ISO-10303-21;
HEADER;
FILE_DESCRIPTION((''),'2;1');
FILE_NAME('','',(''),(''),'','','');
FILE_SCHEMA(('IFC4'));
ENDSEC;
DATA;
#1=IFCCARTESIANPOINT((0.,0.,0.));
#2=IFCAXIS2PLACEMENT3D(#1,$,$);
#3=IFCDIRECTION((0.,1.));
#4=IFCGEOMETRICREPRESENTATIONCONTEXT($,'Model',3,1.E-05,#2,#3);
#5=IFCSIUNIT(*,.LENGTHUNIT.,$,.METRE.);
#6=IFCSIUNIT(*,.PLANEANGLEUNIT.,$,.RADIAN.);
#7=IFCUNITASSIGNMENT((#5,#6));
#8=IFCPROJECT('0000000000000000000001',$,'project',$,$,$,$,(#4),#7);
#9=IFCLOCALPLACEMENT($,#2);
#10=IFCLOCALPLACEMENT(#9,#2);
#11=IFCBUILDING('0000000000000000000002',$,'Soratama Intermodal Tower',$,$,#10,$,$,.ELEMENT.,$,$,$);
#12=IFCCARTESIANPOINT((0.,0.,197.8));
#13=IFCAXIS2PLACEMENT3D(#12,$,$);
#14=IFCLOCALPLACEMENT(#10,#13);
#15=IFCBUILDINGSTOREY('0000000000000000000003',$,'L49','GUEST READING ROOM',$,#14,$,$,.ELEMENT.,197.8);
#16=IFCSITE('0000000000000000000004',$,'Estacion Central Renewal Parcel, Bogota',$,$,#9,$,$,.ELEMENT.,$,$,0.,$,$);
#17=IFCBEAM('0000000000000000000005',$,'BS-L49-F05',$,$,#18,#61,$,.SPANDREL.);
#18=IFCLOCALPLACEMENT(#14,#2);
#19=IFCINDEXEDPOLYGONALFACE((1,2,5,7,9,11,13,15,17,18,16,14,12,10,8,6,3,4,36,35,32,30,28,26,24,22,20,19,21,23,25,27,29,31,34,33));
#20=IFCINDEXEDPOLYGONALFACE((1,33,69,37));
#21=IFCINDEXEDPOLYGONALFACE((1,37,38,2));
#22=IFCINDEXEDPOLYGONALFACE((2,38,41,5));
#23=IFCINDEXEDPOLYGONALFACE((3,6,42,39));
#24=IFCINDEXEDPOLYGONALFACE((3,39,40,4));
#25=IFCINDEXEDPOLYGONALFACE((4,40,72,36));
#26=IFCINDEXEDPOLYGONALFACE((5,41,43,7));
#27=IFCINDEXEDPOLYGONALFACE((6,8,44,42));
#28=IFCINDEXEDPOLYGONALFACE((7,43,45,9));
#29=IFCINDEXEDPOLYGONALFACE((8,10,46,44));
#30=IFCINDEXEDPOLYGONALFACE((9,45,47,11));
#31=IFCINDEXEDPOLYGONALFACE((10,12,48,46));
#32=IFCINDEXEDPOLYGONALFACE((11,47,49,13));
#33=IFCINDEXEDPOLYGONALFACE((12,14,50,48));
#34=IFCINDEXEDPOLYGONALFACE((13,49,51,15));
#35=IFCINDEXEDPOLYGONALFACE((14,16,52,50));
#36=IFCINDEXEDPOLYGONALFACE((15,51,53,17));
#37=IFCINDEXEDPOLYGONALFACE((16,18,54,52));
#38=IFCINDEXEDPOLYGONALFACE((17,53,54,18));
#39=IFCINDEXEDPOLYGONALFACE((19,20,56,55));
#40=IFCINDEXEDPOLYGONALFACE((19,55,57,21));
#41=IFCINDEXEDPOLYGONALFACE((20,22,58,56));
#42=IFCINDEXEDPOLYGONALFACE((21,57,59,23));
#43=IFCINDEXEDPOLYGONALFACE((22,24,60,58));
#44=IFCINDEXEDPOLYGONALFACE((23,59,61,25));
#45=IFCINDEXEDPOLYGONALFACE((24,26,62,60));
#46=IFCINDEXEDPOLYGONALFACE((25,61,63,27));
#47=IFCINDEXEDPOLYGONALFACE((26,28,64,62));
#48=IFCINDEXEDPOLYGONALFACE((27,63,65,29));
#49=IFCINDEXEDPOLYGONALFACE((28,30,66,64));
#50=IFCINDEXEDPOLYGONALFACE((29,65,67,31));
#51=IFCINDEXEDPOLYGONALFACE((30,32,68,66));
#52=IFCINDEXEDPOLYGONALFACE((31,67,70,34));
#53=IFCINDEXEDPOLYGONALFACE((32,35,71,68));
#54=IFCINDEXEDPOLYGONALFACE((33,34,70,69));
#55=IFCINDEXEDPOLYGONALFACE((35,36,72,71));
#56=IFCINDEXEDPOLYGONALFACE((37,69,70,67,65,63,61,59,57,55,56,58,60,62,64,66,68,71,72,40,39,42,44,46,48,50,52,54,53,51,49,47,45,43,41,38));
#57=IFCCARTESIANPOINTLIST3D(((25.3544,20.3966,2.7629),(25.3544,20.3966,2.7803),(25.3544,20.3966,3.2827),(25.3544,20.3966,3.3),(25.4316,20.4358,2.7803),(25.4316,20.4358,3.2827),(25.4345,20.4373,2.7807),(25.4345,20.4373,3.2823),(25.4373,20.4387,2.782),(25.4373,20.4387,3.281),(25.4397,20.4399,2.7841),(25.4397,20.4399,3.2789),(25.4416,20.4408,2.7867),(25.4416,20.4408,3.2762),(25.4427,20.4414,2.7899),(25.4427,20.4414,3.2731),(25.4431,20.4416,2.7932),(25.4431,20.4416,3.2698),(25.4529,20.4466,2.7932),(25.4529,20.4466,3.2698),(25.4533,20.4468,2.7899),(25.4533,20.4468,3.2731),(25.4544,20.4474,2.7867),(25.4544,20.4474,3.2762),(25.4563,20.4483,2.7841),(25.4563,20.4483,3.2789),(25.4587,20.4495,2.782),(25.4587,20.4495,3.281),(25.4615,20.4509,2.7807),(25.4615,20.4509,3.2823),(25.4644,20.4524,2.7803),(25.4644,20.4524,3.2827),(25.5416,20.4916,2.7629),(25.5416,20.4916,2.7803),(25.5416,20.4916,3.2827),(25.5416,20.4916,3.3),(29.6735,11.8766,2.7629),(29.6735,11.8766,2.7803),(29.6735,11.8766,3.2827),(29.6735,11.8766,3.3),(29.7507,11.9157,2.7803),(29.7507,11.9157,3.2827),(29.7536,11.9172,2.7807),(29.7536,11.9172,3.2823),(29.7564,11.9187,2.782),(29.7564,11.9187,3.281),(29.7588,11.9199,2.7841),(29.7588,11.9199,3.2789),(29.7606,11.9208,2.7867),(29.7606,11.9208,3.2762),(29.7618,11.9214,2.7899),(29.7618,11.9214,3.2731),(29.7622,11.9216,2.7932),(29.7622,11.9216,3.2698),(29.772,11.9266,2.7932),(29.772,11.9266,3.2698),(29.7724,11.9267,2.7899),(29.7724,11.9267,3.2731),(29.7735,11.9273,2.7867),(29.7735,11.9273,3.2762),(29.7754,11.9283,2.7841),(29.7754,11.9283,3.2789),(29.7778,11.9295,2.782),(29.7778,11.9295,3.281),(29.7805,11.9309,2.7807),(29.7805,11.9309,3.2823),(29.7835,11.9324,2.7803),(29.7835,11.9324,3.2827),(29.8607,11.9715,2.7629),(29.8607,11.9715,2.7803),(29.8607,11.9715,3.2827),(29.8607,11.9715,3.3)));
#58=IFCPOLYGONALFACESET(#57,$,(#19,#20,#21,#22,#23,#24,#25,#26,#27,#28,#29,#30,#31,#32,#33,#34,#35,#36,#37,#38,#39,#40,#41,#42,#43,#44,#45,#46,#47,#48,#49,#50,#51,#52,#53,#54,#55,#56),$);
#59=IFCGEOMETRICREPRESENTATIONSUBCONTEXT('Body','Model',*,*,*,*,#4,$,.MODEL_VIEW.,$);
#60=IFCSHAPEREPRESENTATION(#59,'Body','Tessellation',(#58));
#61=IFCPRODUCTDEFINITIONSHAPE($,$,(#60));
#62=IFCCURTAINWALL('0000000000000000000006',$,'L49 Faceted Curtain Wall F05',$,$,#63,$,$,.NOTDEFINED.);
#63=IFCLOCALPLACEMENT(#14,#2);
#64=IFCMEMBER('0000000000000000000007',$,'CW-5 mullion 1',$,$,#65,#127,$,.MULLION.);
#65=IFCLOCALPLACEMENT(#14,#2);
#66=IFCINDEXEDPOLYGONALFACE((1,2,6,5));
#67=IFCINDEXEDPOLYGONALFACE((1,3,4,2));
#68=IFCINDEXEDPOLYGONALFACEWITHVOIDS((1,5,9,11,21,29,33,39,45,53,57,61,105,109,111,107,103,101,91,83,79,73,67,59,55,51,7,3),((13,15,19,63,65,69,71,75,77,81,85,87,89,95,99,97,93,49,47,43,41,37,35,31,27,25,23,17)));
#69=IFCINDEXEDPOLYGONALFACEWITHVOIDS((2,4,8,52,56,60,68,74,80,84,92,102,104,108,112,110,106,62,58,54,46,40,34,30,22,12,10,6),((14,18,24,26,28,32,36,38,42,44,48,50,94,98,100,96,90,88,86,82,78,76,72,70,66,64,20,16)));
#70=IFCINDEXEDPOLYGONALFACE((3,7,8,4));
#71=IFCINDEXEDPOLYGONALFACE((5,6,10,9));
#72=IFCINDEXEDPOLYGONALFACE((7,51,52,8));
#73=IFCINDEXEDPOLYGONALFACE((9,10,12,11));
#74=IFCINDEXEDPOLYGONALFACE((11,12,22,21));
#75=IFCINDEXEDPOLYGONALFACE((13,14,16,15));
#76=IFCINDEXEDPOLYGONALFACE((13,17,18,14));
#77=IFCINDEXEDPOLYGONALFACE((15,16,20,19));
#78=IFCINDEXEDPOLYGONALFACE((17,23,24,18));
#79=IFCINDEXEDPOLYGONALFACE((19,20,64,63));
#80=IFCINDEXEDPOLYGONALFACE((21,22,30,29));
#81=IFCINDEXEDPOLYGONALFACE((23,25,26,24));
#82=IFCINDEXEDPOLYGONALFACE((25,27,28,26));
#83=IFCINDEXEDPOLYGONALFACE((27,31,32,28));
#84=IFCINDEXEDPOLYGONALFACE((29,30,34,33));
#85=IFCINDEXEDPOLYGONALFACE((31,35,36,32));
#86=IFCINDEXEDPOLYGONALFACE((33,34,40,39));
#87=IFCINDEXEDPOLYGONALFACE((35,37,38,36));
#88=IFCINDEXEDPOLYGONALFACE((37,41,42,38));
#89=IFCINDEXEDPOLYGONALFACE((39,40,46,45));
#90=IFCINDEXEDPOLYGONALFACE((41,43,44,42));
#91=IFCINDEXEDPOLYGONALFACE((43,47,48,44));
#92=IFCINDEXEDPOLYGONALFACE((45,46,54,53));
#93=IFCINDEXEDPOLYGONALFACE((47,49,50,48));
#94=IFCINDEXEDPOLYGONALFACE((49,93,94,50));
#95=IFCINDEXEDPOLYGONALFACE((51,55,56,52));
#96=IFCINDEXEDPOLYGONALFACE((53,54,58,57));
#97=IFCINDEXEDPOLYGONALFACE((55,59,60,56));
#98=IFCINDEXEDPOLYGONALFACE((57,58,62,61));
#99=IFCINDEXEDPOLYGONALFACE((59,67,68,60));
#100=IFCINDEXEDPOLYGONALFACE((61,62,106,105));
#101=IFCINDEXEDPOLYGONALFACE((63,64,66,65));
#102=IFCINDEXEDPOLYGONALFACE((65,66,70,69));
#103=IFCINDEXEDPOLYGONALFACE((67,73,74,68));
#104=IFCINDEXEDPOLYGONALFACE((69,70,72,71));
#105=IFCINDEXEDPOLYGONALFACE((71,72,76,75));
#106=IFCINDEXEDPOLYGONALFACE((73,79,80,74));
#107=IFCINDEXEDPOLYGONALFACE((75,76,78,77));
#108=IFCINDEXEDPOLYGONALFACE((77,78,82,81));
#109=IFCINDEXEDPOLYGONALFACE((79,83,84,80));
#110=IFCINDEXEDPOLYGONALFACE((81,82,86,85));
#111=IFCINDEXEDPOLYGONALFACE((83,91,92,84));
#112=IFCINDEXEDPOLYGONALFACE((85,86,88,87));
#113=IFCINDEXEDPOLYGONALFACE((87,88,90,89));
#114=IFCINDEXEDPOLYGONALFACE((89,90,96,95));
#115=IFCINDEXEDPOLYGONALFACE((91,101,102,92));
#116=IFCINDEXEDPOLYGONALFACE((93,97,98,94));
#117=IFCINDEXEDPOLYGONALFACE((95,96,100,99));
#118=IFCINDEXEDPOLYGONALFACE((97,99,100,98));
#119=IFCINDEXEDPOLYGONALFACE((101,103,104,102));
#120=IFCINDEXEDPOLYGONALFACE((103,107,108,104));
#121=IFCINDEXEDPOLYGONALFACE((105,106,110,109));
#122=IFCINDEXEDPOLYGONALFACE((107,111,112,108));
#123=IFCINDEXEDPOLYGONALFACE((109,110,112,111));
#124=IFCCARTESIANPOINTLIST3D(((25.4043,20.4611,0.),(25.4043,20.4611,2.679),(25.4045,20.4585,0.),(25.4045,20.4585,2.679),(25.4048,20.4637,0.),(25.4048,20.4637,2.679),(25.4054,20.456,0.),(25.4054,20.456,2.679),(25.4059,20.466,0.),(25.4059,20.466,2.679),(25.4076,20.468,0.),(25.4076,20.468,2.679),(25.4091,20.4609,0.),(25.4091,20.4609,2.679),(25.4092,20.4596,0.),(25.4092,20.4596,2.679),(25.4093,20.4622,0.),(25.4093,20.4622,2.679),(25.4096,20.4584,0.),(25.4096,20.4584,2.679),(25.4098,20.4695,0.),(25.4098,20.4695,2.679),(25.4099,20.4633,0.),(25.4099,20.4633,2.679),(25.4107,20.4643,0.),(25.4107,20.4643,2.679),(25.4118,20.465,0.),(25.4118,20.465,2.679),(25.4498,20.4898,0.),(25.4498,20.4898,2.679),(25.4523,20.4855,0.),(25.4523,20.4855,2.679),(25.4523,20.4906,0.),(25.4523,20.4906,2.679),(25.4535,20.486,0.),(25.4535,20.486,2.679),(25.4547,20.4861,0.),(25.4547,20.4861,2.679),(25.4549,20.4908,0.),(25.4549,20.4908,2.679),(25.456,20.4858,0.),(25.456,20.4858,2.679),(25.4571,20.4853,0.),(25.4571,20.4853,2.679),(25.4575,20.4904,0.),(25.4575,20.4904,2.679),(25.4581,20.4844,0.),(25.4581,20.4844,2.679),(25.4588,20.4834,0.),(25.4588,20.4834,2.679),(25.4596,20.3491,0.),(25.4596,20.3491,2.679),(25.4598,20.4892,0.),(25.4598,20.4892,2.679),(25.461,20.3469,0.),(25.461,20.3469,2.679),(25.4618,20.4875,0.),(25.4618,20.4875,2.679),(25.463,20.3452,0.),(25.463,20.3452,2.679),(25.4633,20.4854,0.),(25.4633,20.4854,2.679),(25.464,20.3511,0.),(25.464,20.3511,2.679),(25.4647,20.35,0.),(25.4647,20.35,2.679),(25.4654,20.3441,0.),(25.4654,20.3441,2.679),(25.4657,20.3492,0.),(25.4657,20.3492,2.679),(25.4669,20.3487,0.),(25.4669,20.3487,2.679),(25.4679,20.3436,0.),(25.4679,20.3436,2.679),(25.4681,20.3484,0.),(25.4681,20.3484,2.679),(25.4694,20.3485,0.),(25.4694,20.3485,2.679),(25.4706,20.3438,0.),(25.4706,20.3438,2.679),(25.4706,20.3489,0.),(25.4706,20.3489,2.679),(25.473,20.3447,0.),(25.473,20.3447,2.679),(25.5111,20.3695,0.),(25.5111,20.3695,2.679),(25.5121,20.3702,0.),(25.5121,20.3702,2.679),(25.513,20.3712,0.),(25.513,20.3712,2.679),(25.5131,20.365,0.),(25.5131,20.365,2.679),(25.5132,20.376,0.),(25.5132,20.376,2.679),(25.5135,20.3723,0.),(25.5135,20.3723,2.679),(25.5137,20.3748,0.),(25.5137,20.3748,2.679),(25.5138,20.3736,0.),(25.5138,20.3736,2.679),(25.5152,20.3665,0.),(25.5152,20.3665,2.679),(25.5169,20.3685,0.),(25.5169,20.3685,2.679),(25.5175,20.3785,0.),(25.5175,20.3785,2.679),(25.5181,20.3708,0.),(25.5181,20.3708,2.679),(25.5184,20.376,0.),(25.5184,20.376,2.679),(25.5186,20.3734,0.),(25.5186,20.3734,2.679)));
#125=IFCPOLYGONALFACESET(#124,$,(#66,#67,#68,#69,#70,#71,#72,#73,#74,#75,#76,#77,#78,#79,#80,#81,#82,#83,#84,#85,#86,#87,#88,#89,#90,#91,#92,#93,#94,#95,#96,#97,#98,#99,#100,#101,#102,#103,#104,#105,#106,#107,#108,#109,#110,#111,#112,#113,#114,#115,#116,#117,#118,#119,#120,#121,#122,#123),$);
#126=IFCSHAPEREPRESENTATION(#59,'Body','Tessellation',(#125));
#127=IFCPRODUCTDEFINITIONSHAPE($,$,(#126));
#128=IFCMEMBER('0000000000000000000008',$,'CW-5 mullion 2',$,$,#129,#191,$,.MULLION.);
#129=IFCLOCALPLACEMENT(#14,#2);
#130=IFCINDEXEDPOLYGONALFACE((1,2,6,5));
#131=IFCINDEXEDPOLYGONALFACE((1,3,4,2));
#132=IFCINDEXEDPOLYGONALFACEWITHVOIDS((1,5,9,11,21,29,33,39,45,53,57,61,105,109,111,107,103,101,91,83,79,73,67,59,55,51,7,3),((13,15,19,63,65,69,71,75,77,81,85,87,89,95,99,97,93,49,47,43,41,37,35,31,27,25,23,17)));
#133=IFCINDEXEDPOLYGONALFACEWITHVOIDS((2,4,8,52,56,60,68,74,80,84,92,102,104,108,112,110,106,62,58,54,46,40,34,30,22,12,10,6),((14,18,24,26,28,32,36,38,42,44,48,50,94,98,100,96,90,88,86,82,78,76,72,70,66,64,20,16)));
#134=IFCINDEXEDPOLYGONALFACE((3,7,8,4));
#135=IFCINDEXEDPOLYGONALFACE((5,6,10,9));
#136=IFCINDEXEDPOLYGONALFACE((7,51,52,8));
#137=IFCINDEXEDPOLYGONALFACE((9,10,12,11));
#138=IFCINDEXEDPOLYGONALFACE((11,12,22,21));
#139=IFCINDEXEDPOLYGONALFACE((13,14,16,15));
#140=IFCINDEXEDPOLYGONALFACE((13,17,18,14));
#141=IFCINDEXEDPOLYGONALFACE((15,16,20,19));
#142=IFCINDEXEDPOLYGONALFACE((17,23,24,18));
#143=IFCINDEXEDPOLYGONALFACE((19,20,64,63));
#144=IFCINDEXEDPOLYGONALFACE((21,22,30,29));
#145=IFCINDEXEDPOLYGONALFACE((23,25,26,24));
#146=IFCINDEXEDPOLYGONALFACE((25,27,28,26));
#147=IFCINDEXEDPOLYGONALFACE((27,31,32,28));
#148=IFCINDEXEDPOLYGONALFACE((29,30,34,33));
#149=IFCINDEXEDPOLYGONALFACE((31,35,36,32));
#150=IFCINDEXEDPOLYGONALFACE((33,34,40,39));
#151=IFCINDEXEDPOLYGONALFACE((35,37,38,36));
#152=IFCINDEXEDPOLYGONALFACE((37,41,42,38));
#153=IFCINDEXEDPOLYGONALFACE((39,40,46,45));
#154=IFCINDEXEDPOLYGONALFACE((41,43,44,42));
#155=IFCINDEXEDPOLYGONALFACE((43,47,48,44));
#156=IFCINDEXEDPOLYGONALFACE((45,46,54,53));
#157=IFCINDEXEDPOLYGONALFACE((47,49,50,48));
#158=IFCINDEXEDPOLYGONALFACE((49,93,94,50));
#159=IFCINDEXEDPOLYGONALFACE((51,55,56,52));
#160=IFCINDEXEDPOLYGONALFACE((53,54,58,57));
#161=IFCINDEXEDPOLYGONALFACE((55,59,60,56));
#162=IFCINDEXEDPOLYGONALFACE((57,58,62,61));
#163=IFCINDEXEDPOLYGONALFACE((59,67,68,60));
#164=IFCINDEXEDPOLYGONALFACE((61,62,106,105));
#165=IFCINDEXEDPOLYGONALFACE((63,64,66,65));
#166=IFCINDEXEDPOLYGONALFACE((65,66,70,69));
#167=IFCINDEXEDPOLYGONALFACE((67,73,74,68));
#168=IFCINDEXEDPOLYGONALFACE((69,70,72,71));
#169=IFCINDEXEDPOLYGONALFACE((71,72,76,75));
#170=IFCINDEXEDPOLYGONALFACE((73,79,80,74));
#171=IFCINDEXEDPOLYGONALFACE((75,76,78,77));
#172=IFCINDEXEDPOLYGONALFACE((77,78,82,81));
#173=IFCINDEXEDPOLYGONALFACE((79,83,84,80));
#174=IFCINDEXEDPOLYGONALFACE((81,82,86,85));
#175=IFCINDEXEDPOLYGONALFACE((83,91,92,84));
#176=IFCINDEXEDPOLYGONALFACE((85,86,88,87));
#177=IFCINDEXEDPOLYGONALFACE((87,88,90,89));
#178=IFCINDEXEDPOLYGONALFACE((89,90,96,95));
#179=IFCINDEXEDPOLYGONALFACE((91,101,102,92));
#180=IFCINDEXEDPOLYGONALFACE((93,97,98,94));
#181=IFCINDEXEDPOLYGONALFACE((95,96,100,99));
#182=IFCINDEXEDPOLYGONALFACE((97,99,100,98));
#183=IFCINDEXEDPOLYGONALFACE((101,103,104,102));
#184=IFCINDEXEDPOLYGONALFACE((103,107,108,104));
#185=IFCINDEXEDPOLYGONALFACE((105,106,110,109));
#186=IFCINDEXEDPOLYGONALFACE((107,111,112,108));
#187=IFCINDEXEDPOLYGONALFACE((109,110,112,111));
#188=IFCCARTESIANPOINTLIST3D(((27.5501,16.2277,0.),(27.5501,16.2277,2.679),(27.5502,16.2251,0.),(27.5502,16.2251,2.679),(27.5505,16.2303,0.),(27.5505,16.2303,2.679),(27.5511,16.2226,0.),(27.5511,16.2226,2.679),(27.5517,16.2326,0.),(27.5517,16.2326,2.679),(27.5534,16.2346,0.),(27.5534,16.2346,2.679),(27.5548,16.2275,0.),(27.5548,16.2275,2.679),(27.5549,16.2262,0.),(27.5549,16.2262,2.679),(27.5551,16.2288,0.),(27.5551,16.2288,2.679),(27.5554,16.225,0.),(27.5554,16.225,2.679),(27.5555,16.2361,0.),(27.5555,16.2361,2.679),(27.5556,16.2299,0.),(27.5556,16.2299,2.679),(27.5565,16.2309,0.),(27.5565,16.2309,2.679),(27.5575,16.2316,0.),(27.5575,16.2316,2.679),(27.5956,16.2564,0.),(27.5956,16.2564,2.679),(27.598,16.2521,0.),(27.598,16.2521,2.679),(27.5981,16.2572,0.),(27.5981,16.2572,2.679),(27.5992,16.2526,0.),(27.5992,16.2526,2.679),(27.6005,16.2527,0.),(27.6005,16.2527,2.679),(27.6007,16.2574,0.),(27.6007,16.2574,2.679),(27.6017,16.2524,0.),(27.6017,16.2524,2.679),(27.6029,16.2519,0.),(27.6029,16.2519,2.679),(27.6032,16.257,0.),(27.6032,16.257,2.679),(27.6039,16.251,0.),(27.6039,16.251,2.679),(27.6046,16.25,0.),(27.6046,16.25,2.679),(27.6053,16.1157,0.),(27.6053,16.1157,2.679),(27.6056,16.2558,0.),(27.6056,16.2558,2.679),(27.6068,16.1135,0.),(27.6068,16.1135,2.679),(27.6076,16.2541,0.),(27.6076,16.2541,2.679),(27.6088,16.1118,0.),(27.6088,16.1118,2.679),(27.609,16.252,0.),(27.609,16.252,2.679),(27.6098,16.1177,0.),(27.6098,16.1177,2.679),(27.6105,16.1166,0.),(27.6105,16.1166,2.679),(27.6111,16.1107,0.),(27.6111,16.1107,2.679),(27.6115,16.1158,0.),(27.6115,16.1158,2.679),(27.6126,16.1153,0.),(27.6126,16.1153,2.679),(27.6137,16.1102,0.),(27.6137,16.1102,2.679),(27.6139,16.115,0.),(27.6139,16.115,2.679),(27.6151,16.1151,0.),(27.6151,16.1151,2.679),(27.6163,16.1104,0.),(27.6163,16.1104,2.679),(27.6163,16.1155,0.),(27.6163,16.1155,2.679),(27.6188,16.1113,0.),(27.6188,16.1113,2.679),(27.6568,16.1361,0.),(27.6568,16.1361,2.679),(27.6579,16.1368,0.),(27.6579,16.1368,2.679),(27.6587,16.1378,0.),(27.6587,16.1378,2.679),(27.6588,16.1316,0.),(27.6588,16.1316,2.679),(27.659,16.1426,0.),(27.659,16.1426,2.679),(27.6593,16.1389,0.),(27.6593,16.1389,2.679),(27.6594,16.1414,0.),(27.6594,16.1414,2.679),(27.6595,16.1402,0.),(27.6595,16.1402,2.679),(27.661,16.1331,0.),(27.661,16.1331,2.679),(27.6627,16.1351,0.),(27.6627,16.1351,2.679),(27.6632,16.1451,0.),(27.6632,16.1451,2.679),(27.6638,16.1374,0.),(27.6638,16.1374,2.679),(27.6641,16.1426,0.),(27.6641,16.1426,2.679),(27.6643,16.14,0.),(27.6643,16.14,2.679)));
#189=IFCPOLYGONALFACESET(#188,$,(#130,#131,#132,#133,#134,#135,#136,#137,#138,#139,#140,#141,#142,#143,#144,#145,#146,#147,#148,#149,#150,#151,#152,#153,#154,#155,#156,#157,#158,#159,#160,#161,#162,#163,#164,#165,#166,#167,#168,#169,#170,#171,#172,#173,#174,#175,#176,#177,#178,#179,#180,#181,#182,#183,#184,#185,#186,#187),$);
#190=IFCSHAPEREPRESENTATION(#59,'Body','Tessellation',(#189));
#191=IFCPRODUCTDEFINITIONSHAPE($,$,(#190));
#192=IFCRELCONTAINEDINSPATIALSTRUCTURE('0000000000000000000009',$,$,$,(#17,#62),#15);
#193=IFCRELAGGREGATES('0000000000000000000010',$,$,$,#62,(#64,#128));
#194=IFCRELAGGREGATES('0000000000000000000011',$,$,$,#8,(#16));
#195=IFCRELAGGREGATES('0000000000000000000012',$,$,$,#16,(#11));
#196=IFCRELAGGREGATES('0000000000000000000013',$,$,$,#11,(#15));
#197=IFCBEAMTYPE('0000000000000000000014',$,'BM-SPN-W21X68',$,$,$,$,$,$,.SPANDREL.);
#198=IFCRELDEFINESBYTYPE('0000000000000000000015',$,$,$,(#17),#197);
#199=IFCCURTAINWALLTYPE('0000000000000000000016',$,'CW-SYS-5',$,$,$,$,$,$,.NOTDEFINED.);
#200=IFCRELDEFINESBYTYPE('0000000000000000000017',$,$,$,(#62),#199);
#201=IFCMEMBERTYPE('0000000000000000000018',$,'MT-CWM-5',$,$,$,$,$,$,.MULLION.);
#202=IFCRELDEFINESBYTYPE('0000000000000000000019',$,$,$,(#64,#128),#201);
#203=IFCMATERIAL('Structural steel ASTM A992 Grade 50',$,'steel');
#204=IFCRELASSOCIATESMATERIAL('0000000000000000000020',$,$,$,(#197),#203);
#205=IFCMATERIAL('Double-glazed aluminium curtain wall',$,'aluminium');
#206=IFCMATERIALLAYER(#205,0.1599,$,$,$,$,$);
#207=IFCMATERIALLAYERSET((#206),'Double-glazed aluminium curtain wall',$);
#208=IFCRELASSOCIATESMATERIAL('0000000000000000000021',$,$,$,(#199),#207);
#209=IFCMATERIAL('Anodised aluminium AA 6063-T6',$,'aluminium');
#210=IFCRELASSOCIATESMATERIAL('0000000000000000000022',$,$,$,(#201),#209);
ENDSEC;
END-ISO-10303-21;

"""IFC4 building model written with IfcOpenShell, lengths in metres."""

from ifc_helpers import new_model, si_unit, direction, frame, origin, origin_2d, place, context, subcontext, project, spatial, hollow_rectangle, i_section, extrude, material, layer, layer_set, material_profile, profile_set, type_object, element, aggregate, save


model = new_model("IFC4")

# Units and contexts
model_context = context("Model", 3, precision=1e-05, world=origin(), true_north=direction((0.0, 1.0)))
body_context = subcontext(model_context, "Body", "Model", "MODEL_VIEW")
ifc_project = project(units=[si_unit("LENGTHUNIT", "METRE"), si_unit("PLANEANGLEUNIT", "RADIAN")], contexts=[model_context])

# Site, building, storey
site_placement = place(None, origin())
site = spatial("IfcSite", under=ifc_project, at=site_placement, Name="Estacion Central Renewal Parcel, Bogota", CompositionType="ELEMENT", RefElevation=0.0)
building_placement = place(site_placement, origin())
building = spatial("IfcBuilding", under=site, at=building_placement, Name="Soratama Intermodal Tower", CompositionType="ELEMENT")
storey_placement = place(building_placement, frame((0.0, 0.0, 197.8)))
storey = spatial("IfcBuildingStorey", under=building, at=storey_placement, Name="L49", Description="GUEST READING ROOM", CompositionType="ELEMENT", Elevation=197.8)

# Beam
ifc_material_1 = material(Name="Structural steel ASTM A992 Grade 50", Category="steel")
ifc_material_profile_1 = material_profile(ifc_material_1, i_section(OverallWidth=0.21, OverallDepth=0.5371, WebThickness=0.011, FlangeThickness=0.0173, FilletRadius=0.0129, at=origin_2d()), Name="W21X68")
ifc_profile_set_1 = profile_set([ifc_material_profile_1], Name="Structural steel ASTM A992 Grade 50")
beam_type = type_object("IfcBeamType", Name="BM-SPN-W21X68", PredefinedType="SPANDREL", material=ifc_profile_set_1)
beam_placement = place(storey_placement, frame((25.448, 20.4441, 3.0315), z_axis=(0.452155, -0.891939, 0.0), x_axis=(0.891939, 0.452155, 0.0)))
element("IfcBeam", 1, at=beam_placement, inside=storey, type_object=beam_type, Name="BS-L49-F05", PredefinedType="SPANDREL", context=body_context, shape_type="SweptSolid", body=[
    extrude(i_section(OverallWidth=0.21, OverallDepth=0.5371, WebThickness=0.011, FlangeThickness=0.0173, FilletRadius=0.0129, at=origin_2d()), origin(), (0.0, 0.0, 1.0), 9.5522),
])

# Curtain wall, members
ifc_material_2 = material(Name="Double-glazed aluminium curtain wall", Category="aluminium")
ifc_layer_1 = layer(ifc_material_2, 0.1599)
ifc_layer_set_1 = layer_set([ifc_layer_1], Name="Double-glazed aluminium curtain wall")
curtain_wall_type = type_object("IfcCurtainWallType", Name="CW-SYS-5", PredefinedType="NOTDEFINED", material=ifc_layer_set_1)
curtain_wall_placement = place(storey_placement, origin())
curtain_wall = element("IfcCurtainWall", 2, at=curtain_wall_placement, inside=storey, type_object=curtain_wall_type, Name="L49 Faceted Curtain Wall F05", PredefinedType="NOTDEFINED")
ifc_material_3 = material(Name="Anodised aluminium AA 6063-T6", Category="aluminium")
ifc_material_profile_2 = material_profile(ifc_material_3, hollow_rectangle(XDim=0.0649, YDim=0.1399, WallThickness=0.0049, InnerFilletRadius=0.0049, OuterFilletRadius=0.01, at=origin_2d()), Name="CWM140X65X5")
ifc_profile_set_2 = profile_set([ifc_material_profile_2], Name="Anodised aluminium AA 6063-T6")
member_type_1 = type_object("IfcMemberType", Name="MT-CWM-5", PredefinedType="MULLION", material=ifc_profile_set_2)
member_1_placement = place(storey_placement, frame((25.4614, 20.4172, 0.0), z_axis=(0.0, 0.0, 1.0), x_axis=(0.891958, 0.452119, 0.0)))
member_1 = element("IfcMember", 3, at=member_1_placement, type_object=member_type_1, Name="CW-5 mullion 1", PredefinedType="MULLION", context=body_context, shape_type="SweptSolid", body=[
    extrude(hollow_rectangle(XDim=0.0649, YDim=0.1399, WallThickness=0.0049, InnerFilletRadius=0.0049, OuterFilletRadius=0.01, at=origin_2d()), origin(), (0.0, 0.0, 1.0), 2.679),
])
member_2_placement = place(storey_placement, frame((27.6072, 16.1838, 0.0), z_axis=(0.0, 0.0, 1.0), x_axis=(0.891958, 0.452119, 0.0)))
member_2 = element("IfcMember", 4, at=member_2_placement, type_object=member_type_1, Name="CW-5 mullion 2", PredefinedType="MULLION", context=body_context, shape_type="SweptSolid", body=[
    extrude(hollow_rectangle(XDim=0.0649, YDim=0.1399, WallThickness=0.0049, InnerFilletRadius=0.0049, OuterFilletRadius=0.01, at=origin_2d()), origin(), (0.0, 0.0, 1.0), 2.679),
])
aggregate(curtain_wall, [member_1, member_2])

save(model, "model.ifc")
